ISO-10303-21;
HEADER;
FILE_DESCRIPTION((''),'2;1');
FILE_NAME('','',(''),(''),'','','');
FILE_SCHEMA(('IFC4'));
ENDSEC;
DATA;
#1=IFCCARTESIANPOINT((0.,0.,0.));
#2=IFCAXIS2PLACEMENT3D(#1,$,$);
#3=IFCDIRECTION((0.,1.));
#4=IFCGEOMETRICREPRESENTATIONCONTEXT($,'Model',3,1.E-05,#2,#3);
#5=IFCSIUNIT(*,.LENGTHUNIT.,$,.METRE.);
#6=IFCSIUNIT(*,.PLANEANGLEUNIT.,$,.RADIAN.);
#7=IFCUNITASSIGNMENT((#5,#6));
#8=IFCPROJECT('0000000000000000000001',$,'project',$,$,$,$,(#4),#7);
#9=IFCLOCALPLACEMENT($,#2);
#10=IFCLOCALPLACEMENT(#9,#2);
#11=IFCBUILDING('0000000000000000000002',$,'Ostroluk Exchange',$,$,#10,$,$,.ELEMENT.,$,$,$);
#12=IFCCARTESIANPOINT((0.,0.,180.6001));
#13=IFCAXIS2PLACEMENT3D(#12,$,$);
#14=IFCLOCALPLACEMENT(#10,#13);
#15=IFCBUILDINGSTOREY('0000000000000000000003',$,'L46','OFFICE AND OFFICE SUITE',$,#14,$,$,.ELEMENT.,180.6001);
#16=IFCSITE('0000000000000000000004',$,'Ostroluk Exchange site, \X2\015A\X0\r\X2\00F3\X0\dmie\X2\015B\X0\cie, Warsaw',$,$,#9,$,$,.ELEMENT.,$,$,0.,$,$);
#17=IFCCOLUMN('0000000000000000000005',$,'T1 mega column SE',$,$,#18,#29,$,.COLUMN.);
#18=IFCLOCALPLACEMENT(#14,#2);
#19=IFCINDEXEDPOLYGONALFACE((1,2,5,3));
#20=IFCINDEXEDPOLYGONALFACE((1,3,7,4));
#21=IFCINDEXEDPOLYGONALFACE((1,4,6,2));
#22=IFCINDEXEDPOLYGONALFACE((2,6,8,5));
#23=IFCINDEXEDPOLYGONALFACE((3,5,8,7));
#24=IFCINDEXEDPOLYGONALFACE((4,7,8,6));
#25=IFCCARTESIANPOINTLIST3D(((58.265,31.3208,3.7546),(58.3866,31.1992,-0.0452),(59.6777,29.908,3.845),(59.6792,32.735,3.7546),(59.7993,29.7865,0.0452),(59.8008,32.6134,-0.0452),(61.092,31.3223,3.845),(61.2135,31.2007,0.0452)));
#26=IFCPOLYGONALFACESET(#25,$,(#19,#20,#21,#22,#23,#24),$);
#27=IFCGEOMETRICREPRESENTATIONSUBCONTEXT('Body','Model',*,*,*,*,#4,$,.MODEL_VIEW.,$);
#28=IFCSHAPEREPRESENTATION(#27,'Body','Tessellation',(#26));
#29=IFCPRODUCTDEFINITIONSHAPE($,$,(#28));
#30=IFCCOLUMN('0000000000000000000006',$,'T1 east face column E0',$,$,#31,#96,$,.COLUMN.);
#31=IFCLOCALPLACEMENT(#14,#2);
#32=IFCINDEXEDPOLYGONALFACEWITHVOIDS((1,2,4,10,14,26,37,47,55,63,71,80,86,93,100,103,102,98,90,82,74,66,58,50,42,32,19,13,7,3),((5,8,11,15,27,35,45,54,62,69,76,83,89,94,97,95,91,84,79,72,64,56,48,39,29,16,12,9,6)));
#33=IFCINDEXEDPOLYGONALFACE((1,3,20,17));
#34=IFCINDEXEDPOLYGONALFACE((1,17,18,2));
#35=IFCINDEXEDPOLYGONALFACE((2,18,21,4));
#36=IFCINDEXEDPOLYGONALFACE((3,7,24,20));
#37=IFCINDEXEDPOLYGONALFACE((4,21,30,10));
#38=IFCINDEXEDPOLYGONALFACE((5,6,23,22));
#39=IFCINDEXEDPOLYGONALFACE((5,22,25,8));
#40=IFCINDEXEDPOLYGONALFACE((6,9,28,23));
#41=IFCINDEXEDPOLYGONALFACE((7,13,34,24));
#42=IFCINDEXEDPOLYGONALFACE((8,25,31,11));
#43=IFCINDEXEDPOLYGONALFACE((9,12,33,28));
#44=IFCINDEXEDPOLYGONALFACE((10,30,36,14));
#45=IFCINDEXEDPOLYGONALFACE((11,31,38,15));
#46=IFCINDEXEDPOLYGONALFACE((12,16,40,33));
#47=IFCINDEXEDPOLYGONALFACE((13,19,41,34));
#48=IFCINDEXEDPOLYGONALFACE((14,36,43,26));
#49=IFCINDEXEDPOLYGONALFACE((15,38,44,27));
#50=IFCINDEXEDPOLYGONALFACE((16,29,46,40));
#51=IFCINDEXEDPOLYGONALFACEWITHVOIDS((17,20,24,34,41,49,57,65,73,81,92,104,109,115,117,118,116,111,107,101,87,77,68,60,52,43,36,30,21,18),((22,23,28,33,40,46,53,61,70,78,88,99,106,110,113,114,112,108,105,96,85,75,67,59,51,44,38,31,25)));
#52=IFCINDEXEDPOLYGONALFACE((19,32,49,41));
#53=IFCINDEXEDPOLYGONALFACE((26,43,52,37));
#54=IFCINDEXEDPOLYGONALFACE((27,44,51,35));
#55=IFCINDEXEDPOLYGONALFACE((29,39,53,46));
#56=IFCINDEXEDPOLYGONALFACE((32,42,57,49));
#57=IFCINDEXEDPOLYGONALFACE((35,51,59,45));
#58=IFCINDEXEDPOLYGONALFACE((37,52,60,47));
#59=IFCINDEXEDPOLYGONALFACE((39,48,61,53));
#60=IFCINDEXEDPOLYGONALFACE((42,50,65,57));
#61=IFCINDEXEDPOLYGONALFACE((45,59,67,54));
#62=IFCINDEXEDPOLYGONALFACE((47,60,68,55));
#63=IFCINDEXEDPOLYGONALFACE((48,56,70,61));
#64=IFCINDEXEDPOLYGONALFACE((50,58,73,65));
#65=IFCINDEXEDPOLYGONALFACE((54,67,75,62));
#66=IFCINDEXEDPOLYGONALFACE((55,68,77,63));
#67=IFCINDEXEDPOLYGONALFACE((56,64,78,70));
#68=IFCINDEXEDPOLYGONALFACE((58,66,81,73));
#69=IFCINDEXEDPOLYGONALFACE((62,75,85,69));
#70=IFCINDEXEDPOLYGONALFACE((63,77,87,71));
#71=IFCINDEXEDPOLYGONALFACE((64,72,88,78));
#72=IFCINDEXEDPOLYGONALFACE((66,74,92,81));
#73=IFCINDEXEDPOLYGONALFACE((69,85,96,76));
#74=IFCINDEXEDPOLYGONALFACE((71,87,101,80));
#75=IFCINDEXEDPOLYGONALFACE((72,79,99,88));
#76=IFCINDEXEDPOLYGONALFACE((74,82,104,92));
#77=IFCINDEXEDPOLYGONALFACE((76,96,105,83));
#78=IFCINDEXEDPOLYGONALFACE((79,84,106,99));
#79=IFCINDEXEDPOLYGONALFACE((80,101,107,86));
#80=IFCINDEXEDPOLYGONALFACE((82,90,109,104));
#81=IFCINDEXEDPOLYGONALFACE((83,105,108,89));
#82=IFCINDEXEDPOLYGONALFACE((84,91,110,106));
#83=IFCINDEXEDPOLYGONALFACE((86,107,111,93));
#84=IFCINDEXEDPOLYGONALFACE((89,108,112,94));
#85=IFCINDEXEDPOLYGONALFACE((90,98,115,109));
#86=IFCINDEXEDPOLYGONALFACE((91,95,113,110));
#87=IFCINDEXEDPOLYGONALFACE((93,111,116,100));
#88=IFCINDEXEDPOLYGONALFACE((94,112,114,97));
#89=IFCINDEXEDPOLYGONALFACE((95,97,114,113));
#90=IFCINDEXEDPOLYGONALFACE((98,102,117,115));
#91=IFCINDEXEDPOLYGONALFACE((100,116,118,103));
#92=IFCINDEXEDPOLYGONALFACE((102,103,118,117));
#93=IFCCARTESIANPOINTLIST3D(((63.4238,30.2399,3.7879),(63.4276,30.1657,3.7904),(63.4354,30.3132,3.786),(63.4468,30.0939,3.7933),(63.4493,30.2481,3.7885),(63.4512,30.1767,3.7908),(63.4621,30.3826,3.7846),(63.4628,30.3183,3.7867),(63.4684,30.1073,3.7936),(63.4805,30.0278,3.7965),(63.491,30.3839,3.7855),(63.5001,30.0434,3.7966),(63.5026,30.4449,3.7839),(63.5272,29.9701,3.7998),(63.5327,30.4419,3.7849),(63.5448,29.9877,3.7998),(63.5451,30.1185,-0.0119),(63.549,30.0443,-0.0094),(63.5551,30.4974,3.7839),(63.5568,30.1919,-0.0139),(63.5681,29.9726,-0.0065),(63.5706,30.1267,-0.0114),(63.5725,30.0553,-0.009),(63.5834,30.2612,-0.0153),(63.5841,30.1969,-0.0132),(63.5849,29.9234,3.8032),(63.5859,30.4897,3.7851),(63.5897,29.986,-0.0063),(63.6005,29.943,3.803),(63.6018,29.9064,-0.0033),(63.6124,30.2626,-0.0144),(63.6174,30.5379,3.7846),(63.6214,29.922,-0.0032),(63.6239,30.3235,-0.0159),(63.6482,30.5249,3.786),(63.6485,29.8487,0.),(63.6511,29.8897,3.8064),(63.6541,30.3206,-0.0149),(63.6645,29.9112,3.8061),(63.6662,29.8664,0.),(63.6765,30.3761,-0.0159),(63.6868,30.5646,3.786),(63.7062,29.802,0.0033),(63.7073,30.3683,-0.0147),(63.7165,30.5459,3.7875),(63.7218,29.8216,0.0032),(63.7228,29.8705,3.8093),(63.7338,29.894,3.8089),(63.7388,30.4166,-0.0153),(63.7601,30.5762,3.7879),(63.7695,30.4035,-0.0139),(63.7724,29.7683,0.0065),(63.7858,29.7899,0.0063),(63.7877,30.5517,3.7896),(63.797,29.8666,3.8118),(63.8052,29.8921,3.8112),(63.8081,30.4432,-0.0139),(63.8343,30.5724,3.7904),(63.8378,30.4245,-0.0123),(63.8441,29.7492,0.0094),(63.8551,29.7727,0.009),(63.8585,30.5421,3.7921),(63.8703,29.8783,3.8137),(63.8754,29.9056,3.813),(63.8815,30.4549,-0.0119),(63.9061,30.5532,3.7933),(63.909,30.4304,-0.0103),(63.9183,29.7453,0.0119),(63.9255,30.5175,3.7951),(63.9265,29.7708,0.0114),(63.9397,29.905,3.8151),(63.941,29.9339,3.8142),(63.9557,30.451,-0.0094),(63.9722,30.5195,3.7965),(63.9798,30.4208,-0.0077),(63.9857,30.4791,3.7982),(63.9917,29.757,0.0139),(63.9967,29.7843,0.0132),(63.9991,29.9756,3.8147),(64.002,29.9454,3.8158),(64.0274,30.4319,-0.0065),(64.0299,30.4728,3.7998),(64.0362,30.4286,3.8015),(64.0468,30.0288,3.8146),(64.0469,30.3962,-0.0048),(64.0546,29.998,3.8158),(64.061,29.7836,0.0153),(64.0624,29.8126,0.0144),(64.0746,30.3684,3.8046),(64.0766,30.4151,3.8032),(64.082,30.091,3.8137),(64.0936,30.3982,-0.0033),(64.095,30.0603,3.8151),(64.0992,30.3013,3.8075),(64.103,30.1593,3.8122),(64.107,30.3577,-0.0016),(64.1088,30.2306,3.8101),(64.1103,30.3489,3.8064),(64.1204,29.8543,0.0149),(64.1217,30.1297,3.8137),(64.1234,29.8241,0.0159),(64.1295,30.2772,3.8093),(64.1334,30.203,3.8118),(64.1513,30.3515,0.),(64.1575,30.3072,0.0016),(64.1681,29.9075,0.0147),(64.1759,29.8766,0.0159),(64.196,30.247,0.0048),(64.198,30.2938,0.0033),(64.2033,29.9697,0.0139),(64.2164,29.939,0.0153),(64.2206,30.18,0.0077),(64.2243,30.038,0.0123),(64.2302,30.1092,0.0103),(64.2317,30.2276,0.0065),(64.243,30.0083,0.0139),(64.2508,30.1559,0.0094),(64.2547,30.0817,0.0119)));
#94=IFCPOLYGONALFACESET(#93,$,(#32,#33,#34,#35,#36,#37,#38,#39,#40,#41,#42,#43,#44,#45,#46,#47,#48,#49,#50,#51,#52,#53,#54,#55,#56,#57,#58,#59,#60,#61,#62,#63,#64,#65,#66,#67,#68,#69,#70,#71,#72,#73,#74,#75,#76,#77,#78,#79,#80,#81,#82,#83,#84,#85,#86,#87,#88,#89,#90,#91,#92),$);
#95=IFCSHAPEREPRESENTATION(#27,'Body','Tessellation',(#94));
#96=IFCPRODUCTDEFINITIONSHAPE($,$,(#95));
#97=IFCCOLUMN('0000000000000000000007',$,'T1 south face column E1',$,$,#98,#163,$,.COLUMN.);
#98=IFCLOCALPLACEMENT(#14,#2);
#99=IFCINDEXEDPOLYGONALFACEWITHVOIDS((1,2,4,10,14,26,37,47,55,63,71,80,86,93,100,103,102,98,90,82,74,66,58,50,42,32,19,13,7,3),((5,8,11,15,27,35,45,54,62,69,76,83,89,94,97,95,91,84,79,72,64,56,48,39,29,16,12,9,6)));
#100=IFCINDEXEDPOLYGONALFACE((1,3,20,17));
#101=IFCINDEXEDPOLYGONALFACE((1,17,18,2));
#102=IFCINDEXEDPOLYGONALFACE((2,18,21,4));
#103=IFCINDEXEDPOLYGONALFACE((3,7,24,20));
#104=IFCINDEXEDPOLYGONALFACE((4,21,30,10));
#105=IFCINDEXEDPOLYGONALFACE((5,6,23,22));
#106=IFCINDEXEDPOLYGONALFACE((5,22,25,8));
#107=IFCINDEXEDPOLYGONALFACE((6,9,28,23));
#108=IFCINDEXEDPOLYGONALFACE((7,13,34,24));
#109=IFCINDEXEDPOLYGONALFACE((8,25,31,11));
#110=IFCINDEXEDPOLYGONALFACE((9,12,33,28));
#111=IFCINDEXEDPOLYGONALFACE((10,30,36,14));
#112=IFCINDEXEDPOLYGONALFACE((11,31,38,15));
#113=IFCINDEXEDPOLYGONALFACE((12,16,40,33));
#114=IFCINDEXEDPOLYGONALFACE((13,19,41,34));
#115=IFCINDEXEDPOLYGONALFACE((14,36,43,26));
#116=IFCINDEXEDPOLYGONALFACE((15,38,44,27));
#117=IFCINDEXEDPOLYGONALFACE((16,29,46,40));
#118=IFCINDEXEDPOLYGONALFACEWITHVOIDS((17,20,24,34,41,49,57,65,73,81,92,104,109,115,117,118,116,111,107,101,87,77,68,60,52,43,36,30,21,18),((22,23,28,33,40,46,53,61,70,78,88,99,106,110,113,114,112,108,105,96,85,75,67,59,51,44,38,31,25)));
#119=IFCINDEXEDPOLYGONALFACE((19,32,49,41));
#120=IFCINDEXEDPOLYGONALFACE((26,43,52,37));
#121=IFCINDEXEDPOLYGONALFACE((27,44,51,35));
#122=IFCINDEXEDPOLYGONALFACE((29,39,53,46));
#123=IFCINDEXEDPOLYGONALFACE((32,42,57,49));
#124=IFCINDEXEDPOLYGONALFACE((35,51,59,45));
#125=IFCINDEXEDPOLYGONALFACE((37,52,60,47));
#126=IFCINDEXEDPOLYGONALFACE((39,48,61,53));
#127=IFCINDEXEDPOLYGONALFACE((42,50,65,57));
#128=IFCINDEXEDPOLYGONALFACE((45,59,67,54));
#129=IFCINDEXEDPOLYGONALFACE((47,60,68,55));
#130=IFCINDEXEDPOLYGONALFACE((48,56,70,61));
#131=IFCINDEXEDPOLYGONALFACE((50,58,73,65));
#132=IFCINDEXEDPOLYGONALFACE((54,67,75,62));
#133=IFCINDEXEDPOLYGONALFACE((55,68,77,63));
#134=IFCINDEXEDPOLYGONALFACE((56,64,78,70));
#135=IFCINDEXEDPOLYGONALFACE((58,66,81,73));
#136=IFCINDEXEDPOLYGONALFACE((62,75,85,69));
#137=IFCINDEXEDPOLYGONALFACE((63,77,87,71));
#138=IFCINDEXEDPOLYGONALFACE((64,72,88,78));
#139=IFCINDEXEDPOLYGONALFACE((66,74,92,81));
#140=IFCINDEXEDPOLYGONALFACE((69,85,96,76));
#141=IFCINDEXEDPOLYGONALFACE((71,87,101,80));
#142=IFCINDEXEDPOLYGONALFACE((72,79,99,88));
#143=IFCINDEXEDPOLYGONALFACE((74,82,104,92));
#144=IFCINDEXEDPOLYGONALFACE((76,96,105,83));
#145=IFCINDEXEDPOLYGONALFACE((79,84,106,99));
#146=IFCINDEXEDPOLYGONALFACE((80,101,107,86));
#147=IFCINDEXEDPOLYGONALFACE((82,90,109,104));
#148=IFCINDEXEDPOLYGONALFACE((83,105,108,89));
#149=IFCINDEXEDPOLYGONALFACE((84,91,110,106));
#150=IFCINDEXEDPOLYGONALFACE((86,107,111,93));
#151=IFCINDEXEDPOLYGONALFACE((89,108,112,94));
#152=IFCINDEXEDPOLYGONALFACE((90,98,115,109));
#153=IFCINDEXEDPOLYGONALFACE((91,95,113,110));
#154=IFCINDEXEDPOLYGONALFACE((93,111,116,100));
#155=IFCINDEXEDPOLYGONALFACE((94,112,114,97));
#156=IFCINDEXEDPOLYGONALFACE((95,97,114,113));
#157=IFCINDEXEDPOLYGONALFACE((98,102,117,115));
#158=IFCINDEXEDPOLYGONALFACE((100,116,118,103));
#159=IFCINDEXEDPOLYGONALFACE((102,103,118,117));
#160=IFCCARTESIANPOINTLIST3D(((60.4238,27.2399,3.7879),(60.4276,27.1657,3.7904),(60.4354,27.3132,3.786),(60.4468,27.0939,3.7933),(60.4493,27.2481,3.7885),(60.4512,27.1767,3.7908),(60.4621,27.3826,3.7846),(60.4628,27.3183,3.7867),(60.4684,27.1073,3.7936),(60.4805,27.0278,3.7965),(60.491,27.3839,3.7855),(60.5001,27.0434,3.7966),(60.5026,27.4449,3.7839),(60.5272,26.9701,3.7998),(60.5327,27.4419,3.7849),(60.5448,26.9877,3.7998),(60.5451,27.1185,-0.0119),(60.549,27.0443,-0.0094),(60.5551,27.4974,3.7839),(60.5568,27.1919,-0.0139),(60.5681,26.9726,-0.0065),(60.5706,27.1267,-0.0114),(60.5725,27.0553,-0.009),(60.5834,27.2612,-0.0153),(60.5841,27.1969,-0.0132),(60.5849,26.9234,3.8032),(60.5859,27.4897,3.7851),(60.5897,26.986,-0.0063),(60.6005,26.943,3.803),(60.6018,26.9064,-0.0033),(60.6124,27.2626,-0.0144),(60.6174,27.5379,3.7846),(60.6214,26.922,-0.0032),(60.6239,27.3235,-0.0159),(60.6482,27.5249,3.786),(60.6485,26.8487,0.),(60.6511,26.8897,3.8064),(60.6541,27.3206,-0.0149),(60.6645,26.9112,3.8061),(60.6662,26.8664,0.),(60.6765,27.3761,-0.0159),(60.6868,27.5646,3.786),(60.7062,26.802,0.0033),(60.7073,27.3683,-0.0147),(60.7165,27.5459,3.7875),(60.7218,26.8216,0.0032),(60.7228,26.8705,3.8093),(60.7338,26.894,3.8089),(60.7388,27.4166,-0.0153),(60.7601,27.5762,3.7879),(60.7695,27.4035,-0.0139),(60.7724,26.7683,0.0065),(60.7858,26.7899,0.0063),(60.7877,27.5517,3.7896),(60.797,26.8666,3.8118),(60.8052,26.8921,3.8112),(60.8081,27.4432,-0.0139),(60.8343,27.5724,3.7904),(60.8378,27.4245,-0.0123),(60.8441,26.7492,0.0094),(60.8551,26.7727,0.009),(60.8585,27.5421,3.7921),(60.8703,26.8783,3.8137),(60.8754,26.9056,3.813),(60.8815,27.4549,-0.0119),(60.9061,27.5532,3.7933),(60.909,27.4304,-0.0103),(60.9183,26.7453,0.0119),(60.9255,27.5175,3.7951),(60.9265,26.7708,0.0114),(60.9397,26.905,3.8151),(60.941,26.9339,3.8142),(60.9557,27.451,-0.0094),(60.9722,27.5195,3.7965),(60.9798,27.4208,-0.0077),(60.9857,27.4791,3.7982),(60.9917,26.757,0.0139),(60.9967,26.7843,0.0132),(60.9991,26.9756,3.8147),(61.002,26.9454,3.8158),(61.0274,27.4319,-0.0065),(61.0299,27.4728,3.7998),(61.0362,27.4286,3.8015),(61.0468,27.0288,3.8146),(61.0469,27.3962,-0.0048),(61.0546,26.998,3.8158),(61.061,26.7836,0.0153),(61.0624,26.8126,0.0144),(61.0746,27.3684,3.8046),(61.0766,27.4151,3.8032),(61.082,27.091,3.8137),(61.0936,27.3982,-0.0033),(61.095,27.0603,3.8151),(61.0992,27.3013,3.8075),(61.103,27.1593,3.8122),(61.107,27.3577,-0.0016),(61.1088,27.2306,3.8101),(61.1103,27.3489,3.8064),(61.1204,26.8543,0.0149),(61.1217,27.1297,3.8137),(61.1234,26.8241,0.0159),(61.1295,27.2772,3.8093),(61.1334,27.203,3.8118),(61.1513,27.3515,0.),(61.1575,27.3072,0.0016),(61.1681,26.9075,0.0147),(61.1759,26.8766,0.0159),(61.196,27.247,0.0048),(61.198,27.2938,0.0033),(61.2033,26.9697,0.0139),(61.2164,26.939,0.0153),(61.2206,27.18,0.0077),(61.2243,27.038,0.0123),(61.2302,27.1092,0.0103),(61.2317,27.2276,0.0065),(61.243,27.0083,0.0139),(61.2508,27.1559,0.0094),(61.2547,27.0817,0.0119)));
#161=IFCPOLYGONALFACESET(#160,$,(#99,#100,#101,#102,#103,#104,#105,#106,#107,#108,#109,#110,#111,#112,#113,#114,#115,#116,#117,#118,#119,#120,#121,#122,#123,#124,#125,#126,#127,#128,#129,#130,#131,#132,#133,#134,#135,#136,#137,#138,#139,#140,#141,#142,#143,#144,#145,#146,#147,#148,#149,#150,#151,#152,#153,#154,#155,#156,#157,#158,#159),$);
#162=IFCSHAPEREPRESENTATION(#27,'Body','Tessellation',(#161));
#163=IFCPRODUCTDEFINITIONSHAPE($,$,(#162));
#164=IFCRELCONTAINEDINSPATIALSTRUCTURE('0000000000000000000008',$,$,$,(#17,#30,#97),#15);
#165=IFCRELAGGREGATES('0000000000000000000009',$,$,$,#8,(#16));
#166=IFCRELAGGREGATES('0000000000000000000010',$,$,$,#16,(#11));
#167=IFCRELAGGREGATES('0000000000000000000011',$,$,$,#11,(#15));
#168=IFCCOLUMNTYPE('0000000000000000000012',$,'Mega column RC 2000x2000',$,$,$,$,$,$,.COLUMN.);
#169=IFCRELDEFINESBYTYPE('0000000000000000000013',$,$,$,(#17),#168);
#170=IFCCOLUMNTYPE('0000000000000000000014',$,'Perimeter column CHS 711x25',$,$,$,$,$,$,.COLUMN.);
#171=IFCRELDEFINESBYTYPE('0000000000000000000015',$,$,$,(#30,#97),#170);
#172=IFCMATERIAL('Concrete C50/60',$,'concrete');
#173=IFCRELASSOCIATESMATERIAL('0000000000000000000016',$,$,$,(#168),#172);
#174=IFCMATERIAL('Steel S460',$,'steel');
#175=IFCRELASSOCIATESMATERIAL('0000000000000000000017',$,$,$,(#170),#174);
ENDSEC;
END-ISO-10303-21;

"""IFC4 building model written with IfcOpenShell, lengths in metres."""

from ifc_helpers import new_model, si_unit, direction, frame, origin, origin_2d, place, context, subcontext, project, spatial, rectangle, hollow_circle, extrude, material, material_profile, profile_set, type_object, element, save


model = new_model("IFC4")

# Units and contexts
model_context = context("Model", 3, precision=1e-05, world=origin(), true_north=direction((0.0, 1.0)))
body_context = subcontext(model_context, "Body", "Model", "MODEL_VIEW")
ifc_project = project(units=[si_unit("LENGTHUNIT", "METRE"), si_unit("PLANEANGLEUNIT", "RADIAN")], contexts=[model_context])

# Site, building, storey
site_placement = place(None, origin())
site = spatial("IfcSite", under=ifc_project, at=site_placement, Name="Ostroluk Exchange site, Śródmieście, Warsaw", CompositionType="ELEMENT", RefElevation=0.0)
building_placement = place(site_placement, origin())
building = spatial("IfcBuilding", under=site, at=building_placement, Name="Ostroluk Exchange", CompositionType="ELEMENT")
storey_placement = place(building_placement, frame((0.0, 0.0, 180.6001)))
storey = spatial("IfcBuildingStorey", under=building, at=storey_placement, Name="L46", Description="OFFICE AND OFFICE SUITE", CompositionType="ELEMENT", Elevation=180.6001)

# Columns
ifc_material_1 = material(Name="Concrete C50/60", Category="concrete")
ifc_material_profile_1 = material_profile(ifc_material_1, rectangle(XDim=2.0, YDim=2.0, at=origin_2d()), Name="RC 2000x2000")
ifc_profile_set_1 = profile_set([ifc_material_profile_1], Name="Concrete C50/60")
column_type_1 = type_object("IfcColumnType", Name="Mega column RC 2000x2000", PredefinedType="COLUMN", material=ifc_profile_set_1)
column_placement = place(storey_placement, frame((59.8, 31.2, 0.0), z_axis=(-0.031964, 0.031964, 0.998978), x_axis=(-0.707107, -0.707107, 0.0)))
element("IfcColumn", 1, at=column_placement, inside=storey, type_object=column_type_1, Name="T1 mega column SE", PredefinedType="COLUMN", context=body_context, shape_type="SweptSolid", body=[
    extrude(rectangle(XDim=2.0, YDim=2.0, at=origin_2d()), origin(), (0.0, 0.0, 1.0), 3.8037),
])
ifc_material_2 = material(Name="Steel S460", Category="steel")
ifc_material_profile_2 = material_profile(ifc_material_2, hollow_circle(Radius=0.3555, WallThickness=0.0249, at=origin_2d()), Name="CHS 711x25")
ifc_profile_set_2 = profile_set([ifc_material_profile_2], Name="Steel S460")
column_type_2 = type_object("IfcColumnType", Name="Perimeter column CHS 711x25", PredefinedType="COLUMN", material=ifc_profile_set_2)
for number, where, z_axis, x_axis, name in (
    (2, (63.8999, 30.1001, 0.0), (-0.0319, 0.0319, 0.998982), (-0.707107, -0.707107, 0.0), "T1 east face column E0"),
    (3, (60.8999, 27.1001, 0.0), (-0.0319, 0.0319, 0.998982), (-0.707107, -0.707107, 0.0), "T1 south face column E1"),
):
    element("IfcColumn", number, at=place(storey_placement, frame(where, z_axis=z_axis, x_axis=x_axis)), inside=storey, type_object=column_type_2, Name=name, PredefinedType="COLUMN", context=body_context, shape_type="SweptSolid", body=[
        extrude(hollow_circle(Radius=0.3555, WallThickness=0.0249, at=origin_2d()), origin(), (0.0, 0.0, 1.0), 3.8037),
    ])

save(model, "model.ifc")
